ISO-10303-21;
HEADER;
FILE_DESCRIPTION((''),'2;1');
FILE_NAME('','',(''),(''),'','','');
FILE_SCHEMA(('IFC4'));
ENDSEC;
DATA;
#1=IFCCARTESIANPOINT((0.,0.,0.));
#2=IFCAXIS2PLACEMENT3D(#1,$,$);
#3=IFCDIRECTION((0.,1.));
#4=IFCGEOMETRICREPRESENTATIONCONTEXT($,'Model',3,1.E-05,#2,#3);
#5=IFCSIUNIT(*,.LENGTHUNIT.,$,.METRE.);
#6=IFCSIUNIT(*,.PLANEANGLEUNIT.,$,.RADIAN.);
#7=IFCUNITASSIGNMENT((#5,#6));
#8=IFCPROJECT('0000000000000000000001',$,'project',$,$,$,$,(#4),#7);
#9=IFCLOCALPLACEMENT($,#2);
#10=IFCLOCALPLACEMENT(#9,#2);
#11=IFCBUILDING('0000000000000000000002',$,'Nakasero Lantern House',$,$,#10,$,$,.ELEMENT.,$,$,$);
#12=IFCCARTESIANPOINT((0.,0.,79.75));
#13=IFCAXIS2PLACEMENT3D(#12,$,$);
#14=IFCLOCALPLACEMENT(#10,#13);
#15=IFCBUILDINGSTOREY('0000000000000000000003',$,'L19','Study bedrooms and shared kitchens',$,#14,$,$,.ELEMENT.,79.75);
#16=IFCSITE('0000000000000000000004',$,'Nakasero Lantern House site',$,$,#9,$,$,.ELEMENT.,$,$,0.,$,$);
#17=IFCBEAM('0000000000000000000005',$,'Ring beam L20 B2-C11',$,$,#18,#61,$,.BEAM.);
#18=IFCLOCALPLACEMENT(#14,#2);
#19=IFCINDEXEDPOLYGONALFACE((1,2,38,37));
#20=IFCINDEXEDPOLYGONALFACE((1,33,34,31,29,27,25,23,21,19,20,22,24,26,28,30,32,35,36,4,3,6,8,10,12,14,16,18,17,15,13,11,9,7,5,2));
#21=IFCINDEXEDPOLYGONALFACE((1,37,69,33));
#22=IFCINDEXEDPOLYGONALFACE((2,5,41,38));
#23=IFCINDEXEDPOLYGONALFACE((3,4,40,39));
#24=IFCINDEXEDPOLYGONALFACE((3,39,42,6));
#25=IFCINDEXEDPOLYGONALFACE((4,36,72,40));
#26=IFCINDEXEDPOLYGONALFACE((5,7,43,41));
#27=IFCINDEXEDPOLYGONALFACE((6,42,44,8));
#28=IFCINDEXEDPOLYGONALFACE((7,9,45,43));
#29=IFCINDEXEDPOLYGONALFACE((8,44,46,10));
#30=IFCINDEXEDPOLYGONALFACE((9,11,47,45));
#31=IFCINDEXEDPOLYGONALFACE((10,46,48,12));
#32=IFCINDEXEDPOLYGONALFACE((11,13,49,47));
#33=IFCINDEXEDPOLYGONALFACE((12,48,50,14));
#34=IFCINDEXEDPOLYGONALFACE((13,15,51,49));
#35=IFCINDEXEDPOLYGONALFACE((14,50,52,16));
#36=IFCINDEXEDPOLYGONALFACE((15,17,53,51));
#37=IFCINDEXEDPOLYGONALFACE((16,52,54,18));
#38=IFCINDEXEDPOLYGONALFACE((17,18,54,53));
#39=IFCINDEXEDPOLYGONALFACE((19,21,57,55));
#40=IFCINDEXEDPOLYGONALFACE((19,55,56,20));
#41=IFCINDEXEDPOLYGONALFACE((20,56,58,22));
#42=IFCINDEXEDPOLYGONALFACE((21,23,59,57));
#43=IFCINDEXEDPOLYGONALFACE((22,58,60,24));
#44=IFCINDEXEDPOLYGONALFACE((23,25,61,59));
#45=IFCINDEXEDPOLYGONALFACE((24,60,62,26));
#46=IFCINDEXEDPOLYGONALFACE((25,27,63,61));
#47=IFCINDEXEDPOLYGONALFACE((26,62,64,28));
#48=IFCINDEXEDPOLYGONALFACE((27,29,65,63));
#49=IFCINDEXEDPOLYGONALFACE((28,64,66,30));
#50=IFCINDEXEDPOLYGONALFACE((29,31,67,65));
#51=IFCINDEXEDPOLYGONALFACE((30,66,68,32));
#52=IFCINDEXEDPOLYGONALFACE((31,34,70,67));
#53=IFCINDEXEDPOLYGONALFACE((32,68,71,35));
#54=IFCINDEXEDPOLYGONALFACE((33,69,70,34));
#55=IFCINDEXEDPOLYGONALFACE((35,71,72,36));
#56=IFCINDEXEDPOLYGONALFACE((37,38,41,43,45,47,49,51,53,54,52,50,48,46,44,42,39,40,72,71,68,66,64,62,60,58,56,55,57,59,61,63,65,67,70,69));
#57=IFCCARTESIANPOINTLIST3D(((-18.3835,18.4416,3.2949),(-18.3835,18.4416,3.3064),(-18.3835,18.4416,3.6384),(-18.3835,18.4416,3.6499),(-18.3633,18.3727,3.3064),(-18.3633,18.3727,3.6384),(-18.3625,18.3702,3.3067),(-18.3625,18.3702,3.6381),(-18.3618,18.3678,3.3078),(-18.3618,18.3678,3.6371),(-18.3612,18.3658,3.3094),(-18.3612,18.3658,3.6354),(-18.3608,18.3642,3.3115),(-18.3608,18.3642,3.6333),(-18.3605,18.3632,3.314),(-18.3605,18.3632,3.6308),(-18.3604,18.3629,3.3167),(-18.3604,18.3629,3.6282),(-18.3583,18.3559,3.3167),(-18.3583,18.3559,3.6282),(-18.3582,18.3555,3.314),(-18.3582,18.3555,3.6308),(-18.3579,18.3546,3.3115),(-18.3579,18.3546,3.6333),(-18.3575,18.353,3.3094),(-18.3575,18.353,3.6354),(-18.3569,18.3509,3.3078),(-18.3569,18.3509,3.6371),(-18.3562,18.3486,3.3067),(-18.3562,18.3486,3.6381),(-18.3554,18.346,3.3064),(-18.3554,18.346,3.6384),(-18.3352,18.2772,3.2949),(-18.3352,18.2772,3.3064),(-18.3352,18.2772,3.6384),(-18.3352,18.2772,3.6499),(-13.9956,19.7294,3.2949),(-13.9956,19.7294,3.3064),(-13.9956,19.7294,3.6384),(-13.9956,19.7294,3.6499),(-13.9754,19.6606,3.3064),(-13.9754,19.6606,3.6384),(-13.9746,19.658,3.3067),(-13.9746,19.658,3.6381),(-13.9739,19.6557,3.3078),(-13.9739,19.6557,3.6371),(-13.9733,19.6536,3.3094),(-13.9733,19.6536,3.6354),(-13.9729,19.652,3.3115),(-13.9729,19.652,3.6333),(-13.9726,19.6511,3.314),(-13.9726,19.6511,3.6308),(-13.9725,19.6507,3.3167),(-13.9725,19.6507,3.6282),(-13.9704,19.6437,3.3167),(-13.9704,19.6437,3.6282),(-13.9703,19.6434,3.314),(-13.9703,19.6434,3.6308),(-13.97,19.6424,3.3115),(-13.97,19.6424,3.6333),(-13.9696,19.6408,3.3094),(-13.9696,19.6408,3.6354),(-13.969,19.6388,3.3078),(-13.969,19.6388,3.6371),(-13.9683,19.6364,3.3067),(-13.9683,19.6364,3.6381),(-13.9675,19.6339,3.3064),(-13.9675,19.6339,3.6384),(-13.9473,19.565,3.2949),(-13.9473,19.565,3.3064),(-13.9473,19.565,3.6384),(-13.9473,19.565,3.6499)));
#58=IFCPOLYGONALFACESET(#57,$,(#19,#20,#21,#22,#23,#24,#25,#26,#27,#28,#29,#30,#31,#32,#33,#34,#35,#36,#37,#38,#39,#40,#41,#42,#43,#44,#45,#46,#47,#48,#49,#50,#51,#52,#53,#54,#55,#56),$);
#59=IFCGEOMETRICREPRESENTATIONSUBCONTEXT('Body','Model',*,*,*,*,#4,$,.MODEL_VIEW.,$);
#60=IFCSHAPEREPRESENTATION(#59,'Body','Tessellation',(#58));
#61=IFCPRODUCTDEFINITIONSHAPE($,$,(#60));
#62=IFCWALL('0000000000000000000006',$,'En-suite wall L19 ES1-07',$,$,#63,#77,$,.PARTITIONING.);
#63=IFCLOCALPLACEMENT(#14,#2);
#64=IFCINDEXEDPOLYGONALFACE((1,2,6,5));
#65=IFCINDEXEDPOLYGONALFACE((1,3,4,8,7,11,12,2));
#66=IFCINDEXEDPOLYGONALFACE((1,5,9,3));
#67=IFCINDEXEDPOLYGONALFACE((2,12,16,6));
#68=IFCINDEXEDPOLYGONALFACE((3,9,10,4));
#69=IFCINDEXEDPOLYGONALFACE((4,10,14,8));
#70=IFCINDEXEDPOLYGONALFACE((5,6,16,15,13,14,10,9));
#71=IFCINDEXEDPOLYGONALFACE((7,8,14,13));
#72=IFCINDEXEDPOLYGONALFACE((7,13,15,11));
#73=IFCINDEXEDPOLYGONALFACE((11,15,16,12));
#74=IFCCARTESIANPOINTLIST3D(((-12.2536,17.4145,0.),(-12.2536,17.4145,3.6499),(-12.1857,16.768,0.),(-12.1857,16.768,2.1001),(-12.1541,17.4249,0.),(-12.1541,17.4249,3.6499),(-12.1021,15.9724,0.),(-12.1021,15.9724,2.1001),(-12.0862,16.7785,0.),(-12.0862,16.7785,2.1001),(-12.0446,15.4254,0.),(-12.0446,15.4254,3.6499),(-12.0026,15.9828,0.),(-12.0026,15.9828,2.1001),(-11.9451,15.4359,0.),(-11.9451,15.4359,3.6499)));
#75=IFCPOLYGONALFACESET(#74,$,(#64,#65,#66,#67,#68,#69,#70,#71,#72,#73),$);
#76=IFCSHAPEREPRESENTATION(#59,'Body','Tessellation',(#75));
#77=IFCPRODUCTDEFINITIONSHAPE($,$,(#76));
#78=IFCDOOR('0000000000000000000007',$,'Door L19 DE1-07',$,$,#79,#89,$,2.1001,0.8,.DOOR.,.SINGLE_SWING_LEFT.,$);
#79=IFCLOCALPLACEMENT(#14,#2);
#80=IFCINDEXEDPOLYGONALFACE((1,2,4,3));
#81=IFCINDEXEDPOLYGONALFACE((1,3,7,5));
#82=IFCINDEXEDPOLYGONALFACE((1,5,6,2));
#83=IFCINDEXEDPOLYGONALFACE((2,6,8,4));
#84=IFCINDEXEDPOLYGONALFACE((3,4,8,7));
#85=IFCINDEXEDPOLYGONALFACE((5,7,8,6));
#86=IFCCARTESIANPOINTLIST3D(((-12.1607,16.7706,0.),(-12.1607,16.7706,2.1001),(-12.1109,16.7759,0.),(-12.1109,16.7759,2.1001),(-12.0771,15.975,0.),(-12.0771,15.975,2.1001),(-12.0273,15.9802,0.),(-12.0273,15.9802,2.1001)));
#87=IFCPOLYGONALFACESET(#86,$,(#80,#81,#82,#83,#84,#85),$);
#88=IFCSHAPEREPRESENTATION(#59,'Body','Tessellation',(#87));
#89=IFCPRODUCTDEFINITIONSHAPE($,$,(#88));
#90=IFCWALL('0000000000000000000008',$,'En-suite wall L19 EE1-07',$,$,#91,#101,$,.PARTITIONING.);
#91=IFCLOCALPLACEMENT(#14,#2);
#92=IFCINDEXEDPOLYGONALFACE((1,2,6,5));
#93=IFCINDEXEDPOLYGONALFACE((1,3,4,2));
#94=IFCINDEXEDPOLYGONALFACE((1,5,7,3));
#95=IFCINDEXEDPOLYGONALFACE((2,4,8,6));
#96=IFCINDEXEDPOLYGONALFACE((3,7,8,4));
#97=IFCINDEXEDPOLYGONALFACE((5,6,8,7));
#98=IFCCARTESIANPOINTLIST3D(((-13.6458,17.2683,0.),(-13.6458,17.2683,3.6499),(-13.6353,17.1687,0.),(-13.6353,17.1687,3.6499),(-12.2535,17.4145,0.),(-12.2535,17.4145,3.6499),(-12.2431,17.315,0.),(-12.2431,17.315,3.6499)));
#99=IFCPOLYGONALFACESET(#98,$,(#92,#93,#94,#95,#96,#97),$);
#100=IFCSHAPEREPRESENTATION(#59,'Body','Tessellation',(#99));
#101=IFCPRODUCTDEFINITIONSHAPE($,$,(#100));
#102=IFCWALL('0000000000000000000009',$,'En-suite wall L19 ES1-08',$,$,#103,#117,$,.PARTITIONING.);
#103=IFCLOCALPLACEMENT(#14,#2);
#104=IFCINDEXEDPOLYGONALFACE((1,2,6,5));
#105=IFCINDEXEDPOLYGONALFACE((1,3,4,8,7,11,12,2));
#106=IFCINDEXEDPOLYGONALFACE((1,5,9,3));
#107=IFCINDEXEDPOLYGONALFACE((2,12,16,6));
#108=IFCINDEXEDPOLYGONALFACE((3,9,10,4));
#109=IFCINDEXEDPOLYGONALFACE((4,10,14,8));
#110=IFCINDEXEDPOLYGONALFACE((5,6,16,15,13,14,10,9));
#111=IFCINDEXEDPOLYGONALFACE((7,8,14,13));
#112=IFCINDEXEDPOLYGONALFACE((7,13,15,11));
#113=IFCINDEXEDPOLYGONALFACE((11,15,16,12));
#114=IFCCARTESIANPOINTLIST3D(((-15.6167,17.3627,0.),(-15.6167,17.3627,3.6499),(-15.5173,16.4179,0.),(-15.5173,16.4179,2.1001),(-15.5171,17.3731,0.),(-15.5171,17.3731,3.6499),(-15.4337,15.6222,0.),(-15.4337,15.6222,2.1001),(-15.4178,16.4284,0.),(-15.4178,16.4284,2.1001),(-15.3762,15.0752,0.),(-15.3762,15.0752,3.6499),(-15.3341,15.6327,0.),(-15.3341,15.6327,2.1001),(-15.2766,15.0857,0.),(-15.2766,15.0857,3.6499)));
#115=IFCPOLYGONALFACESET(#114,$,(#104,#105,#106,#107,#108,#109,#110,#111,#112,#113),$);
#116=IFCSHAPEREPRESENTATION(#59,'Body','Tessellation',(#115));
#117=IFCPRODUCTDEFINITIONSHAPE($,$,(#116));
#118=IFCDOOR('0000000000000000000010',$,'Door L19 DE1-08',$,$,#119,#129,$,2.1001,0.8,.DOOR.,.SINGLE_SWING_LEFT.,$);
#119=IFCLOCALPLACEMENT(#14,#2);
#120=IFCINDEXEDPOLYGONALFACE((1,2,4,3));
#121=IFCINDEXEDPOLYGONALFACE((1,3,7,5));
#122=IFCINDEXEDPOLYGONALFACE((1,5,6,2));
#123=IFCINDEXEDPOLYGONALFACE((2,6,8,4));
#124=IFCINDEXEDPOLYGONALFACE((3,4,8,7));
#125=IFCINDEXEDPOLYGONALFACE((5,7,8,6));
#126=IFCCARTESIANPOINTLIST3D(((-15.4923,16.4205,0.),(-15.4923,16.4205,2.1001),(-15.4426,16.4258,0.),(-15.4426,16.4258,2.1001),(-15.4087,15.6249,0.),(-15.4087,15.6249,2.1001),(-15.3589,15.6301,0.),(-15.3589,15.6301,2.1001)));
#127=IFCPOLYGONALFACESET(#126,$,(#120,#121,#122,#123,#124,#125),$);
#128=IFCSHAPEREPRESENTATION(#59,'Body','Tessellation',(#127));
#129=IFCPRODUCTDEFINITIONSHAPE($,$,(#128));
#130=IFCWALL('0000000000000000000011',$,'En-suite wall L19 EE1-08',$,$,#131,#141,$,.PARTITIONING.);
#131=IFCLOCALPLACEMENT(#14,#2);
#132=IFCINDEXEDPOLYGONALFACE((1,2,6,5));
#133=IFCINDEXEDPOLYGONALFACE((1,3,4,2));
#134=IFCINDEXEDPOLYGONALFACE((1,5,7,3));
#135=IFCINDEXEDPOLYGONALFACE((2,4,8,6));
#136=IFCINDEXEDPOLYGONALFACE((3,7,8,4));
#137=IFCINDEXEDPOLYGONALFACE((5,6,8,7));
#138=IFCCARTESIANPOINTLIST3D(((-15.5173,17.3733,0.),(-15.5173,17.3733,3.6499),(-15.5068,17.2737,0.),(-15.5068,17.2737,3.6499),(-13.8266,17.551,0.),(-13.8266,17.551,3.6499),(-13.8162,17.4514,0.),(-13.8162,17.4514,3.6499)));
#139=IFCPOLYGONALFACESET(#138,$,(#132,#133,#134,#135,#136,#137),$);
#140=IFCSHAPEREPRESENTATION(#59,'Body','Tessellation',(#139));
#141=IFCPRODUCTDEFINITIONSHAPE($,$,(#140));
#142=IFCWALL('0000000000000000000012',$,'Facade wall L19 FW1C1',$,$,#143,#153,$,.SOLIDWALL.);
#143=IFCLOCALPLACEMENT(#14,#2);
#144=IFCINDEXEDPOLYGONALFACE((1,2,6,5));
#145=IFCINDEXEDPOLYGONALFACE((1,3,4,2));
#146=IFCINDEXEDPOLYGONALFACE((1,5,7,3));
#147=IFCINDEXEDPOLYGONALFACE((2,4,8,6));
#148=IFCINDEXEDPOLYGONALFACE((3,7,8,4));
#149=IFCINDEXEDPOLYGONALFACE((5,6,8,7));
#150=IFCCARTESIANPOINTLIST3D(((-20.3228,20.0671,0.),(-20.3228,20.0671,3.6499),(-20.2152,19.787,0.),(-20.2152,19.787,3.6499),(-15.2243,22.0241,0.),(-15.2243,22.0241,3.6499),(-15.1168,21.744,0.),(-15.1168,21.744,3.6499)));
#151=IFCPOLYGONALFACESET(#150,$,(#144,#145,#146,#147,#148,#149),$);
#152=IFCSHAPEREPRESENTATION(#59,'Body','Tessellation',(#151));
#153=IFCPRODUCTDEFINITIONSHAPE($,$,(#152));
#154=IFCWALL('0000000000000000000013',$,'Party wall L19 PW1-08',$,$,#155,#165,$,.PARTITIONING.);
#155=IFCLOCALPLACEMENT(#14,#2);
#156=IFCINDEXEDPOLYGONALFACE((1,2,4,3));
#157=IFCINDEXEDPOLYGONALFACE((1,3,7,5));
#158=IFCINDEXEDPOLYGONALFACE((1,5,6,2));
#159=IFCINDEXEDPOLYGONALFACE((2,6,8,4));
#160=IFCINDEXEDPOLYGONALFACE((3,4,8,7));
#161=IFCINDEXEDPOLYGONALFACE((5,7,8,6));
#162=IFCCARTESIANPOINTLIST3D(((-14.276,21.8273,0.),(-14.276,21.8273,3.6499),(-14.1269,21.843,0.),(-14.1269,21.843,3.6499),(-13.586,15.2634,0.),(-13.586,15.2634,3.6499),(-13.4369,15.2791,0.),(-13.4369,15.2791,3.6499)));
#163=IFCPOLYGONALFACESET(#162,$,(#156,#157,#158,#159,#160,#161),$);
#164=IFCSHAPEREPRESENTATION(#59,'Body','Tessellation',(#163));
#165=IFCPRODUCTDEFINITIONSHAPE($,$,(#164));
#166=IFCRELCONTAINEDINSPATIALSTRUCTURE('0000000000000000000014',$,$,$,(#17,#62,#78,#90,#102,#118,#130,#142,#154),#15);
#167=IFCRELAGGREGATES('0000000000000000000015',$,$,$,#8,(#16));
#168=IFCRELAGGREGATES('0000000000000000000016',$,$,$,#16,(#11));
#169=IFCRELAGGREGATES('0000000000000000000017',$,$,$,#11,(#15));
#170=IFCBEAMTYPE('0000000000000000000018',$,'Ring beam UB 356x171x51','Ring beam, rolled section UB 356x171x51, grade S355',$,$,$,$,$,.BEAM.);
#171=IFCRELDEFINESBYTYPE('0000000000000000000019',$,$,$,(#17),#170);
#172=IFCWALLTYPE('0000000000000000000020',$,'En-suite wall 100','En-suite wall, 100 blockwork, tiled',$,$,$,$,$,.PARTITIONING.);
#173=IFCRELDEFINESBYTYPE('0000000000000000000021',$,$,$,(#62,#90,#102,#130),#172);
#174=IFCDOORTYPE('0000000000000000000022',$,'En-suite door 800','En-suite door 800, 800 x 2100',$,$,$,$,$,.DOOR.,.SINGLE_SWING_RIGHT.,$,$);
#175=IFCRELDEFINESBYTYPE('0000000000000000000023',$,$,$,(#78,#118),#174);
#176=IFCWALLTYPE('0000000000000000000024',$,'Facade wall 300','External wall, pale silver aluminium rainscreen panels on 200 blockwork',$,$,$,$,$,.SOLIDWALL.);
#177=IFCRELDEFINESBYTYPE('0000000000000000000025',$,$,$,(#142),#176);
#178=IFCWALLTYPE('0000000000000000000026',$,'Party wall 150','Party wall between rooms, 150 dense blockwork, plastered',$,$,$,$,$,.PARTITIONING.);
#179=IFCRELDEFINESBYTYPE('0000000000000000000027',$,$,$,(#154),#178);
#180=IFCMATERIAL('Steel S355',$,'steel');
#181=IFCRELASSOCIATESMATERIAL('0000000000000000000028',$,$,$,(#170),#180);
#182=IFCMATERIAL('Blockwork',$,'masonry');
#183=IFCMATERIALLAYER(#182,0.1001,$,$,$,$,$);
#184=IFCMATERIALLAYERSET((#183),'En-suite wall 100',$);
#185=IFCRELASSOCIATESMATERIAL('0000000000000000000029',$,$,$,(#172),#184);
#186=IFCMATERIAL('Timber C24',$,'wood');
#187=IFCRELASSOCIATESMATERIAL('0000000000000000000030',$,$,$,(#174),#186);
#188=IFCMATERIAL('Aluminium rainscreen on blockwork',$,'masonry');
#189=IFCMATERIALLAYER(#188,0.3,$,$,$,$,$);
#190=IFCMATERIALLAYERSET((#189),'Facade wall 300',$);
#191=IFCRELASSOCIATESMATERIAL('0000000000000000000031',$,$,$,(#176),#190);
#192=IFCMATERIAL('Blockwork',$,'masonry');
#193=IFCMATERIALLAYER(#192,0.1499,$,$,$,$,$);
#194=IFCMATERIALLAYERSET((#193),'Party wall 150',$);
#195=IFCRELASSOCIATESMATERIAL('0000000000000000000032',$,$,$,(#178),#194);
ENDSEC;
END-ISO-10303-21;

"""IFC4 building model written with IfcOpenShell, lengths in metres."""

from ifc_helpers import new_model, si_unit, direction, frame, frame_2d, origin, origin_2d, place, context, subcontext, project, spatial, rectangle, i_section, extrude, material, layer, layer_set, material_profile, profile_set, type_object, element, fill, save


model = new_model("IFC4")

# Units and contexts
model_context = context("Model", 3, precision=1e-05, world=origin(), true_north=direction((0.0, 1.0)))
body_context = subcontext(model_context, "Body", "Model", "MODEL_VIEW")
ifc_project = project(units=[si_unit("LENGTHUNIT", "METRE"), si_unit("PLANEANGLEUNIT", "RADIAN")], contexts=[model_context])

# Site, building, storey
site_placement = place(None, origin())
site = spatial("IfcSite", under=ifc_project, at=site_placement, Name="Nakasero Lantern House site", CompositionType="ELEMENT", RefElevation=0.0)
building_placement = place(site_placement, origin())
building = spatial("IfcBuilding", under=site, at=building_placement, Name="Nakasero Lantern House", CompositionType="ELEMENT")
storey_placement = place(building_placement, frame((0.0, 0.0, 79.75)))
storey = spatial("IfcBuildingStorey", under=building, at=storey_placement, Name="L19", Description="Study bedrooms and shared kitchens", CompositionType="ELEMENT", Elevation=79.75)

# Beam
ifc_material_1 = material(Name="Steel S355", Category="steel")
ifc_material_profile_1 = material_profile(ifc_material_1, i_section(OverallWidth=0.1714, OverallDepth=0.355, WebThickness=0.0073, FlangeThickness=0.0115, FilletRadius=0.0103, at=origin_2d()), Name="UB 356x171x51")
ifc_profile_set_1 = profile_set([ifc_material_profile_1], Name="Steel S355")
beam_type_1 = type_object("IfcBeamType", Name="Ring beam UB 356x171x51", Description="Ring beam, rolled section UB 356x171x51, grade S355", PredefinedType="BEAM", material=ifc_profile_set_1)
beam_1_placement = place(storey_placement, frame((-13.9714, 19.6472, 3.4724), z_axis=(-0.959527, -0.281617, 0.0), x_axis=(0.281617, -0.959527, 0.0)))
element("IfcBeam", 1, at=beam_1_placement, inside=storey, type_object=beam_type_1, Name="Ring beam L20 B2-C11", PredefinedType="BEAM", context=body_context, shape_type="SweptSolid", body=[
    extrude(i_section(OverallWidth=0.1714, OverallDepth=0.355, WebThickness=0.0073, FlangeThickness=0.0115, FilletRadius=0.0103, at=origin_2d()), origin(), (0.0, 0.0, 1.0), 4.573),
])

# Wall, opening, door
ifc_material_2 = material(Name="Blockwork", Category="masonry")
ifc_layer_1 = layer(ifc_material_2, 0.1001)
ifc_layer_set_1 = layer_set([ifc_layer_1], Name="En-suite wall 100")
wall_type_1 = type_object("IfcWallType", Name="En-suite wall 100", Description="En-suite wall, 100 blockwork, tiled", PredefinedType="PARTITIONING", material=ifc_layer_set_1)
wall_1_placement = place(storey_placement, frame((-11.9949, 15.4307, 0.0), z_axis=(0.0, 0.0, 1.0), x_axis=(-0.104494, 0.994526, 0.0)))
wall_1 = element("IfcWall", 2, at=wall_1_placement, inside=storey, type_object=wall_type_1, Name="En-suite wall L19 ES1-07", PredefinedType="PARTITIONING", context=body_context, shape_type="SweptSolid", body=[
    extrude(rectangle(XDim=2.0, YDim=0.1001, at=frame_2d((1.0, 0.0))), origin(), (0.0, 0.0, 1.0), 3.6499),
])
opening_1_placement = place(wall_1_placement, frame((0.55, 0.0, 0.0)))
opening_1 = element("IfcOpeningElement", 3, at=opening_1_placement, cuts=wall_1, PredefinedType="OPENING", context=body_context, shape_type="SweptSolid", body=[
    extrude(rectangle(XDim=0.8, YDim=2.1001, at=frame_2d((0.3999, 1.05))), frame((0.0, 0.0701, 0.0), z_axis=(0.0, -1.0, 0.0), x_axis=(1.0, 0.0, 0.0)), (0.0, 0.0, 1.0), 0.1401),
])
ifc_material_3 = material(Name="Timber C24", Category="wood")
door_type_1 = type_object("IfcDoorType", Name="En-suite door 800", Description="En-suite door 800, 800 x 2100", OperationType="SINGLE_SWING_RIGHT", PredefinedType="DOOR", material=ifc_material_3)
door_1_placement = place(opening_1_placement, origin())
door_1 = element("IfcDoor", 4, at=door_1_placement, inside=storey, type_object=door_type_1, Name="Door L19 DE1-07", OperationType="SINGLE_SWING_LEFT", OverallHeight=2.1001, OverallWidth=0.8, PredefinedType="DOOR", context=body_context, shape_type="SweptSolid", body=[
    extrude(rectangle(XDim=0.8, YDim=2.1001, at=frame_2d((0.3999, 1.05))), frame((0.0, 0.0249, 0.0), z_axis=(0.0, -1.0, 0.0), x_axis=(1.0, 0.0, 0.0)), (0.0, 0.0, 1.0), 0.05),
])
fill(opening_1, door_1)

# Wall
wall_2_placement = place(storey_placement, frame((-12.2483, 17.3647, 0.0), z_axis=(0.0, 0.0, 1.0), x_axis=(-0.994529, -0.104458, 0.0)))
element("IfcWall", 5, at=wall_2_placement, inside=storey, type_object=wall_type_1, Name="En-suite wall L19 EE1-07", PredefinedType="PARTITIONING", context=body_context, shape_type="SweptSolid", body=[
    extrude(rectangle(XDim=1.3999, YDim=0.1001, at=frame_2d((0.7, 0.0))), origin(), (0.0, 0.0, 1.0), 3.6499),
])

# Wall, opening, door
wall_3_placement = place(storey_placement, frame((-15.3264, 15.0806, 0.0), z_axis=(0.0, 0.0, 1.0), x_axis=(-0.104558, 0.994519, 0.0)))
wall_3 = element("IfcWall", 6, at=wall_3_placement, inside=storey, type_object=wall_type_1, Name="En-suite wall L19 ES1-08", PredefinedType="PARTITIONING", context=body_context, shape_type="SweptSolid", body=[
    extrude(rectangle(XDim=2.3, YDim=0.1001, at=frame_2d((1.1499, 0.0))), origin(), (0.0, 0.0, 1.0), 3.6499),
])
opening_2_placement = place(wall_3_placement, frame((0.55, 0.0, 0.0)))
opening_2 = element("IfcOpeningElement", 7, at=opening_2_placement, cuts=wall_3, PredefinedType="OPENING", context=body_context, shape_type="SweptSolid", body=[
    extrude(rectangle(XDim=0.8, YDim=2.1001, at=frame_2d((0.3999, 1.05))), frame((0.0, 0.0701, 0.0), z_axis=(0.0, -1.0, 0.0), x_axis=(1.0, 0.0, 0.0)), (0.0, 0.0, 1.0), 0.1401),
])
door_2_placement = place(opening_2_placement, origin())
door_2 = element("IfcDoor", 8, at=door_2_placement, inside=storey, type_object=door_type_1, Name="Door L19 DE1-08", OperationType="SINGLE_SWING_LEFT", OverallHeight=2.1001, OverallWidth=0.8, PredefinedType="DOOR", context=body_context, shape_type="SweptSolid", body=[
    extrude(rectangle(XDim=0.8, YDim=2.1001, at=frame_2d((0.3999, 1.05))), frame((0.0, 0.0249, 0.0), z_axis=(0.0, -1.0, 0.0), x_axis=(1.0, 0.0, 0.0)), (0.0, 0.0, 1.0), 0.05),
])
fill(opening_2, door_2)

# Walls
wall_4_placement = place(storey_placement, frame((-13.8213, 17.5012, 0.0), z_axis=(0.0, 0.0, 1.0), x_axis=(-0.99452, -0.10455, 0.0)))
element("IfcWall", 9, at=wall_4_placement, inside=storey, type_object=wall_type_1, Name="En-suite wall L19 EE1-08", PredefinedType="PARTITIONING", context=body_context, shape_type="SweptSolid", body=[
    extrude(rectangle(XDim=1.7, YDim=0.1001, at=frame_2d((0.8501, 0.0))), origin(), (0.0, 0.0, 1.0), 3.6499),
])
ifc_material_4 = material(Name="Aluminium rainscreen on blockwork", Category="masonry")
ifc_layer_2 = layer(ifc_material_4, 0.3)
ifc_layer_set_2 = layer_set([ifc_layer_2], Name="Facade wall 300")
wall_type_2 = type_object("IfcWallType", Name="Facade wall 300", Description="External wall, pale silver aluminium rainscreen panels on 200 blockwork", PredefinedType="SOLIDWALL", material=ifc_layer_set_2)
wall_5_placement = place(storey_placement, frame((-15.1707, 21.884, 0.0), z_axis=(0.0, 0.0, 1.0), x_axis=(-0.933584, -0.358359, 0.0)))
element("IfcWall", 10, at=wall_5_placement, inside=storey, type_object=wall_type_2, Name="Facade wall L19 FW1C1", PredefinedType="SOLIDWALL", context=body_context, shape_type="SweptSolid", body=[
    extrude(rectangle(XDim=5.4612, YDim=0.3, at=frame_2d((2.7305, 0.0))), origin(), (0.0, 0.0, 1.0), 3.6499),
])
ifc_material_5 = material(Name="Blockwork", Category="masonry")
ifc_layer_3 = layer(ifc_material_5, 0.1499)
ifc_layer_set_3 = layer_set([ifc_layer_3], Name="Party wall 150")
wall_type_3 = type_object("IfcWallType", Name="Party wall 150", Description="Party wall between rooms, 150 dense blockwork, plastered", PredefinedType="PARTITIONING", material=ifc_layer_set_3)
wall_6_placement = place(storey_placement, frame((-13.5115, 15.2712, 0.0), z_axis=(0.0, 0.0, 1.0), x_axis=(-0.104535, 0.994521, 0.0)))
element("IfcWall", 11, at=wall_6_placement, inside=storey, type_object=wall_type_3, Name="Party wall L19 PW1-08", PredefinedType="PARTITIONING", context=body_context, shape_type="SweptSolid", body=[
    extrude(rectangle(XDim=6.6001, YDim=0.1499, at=frame_2d((3.3, 0.0))), origin(), (0.0, 0.0, 1.0), 3.6499),
])

save(model, "model.ifc")
